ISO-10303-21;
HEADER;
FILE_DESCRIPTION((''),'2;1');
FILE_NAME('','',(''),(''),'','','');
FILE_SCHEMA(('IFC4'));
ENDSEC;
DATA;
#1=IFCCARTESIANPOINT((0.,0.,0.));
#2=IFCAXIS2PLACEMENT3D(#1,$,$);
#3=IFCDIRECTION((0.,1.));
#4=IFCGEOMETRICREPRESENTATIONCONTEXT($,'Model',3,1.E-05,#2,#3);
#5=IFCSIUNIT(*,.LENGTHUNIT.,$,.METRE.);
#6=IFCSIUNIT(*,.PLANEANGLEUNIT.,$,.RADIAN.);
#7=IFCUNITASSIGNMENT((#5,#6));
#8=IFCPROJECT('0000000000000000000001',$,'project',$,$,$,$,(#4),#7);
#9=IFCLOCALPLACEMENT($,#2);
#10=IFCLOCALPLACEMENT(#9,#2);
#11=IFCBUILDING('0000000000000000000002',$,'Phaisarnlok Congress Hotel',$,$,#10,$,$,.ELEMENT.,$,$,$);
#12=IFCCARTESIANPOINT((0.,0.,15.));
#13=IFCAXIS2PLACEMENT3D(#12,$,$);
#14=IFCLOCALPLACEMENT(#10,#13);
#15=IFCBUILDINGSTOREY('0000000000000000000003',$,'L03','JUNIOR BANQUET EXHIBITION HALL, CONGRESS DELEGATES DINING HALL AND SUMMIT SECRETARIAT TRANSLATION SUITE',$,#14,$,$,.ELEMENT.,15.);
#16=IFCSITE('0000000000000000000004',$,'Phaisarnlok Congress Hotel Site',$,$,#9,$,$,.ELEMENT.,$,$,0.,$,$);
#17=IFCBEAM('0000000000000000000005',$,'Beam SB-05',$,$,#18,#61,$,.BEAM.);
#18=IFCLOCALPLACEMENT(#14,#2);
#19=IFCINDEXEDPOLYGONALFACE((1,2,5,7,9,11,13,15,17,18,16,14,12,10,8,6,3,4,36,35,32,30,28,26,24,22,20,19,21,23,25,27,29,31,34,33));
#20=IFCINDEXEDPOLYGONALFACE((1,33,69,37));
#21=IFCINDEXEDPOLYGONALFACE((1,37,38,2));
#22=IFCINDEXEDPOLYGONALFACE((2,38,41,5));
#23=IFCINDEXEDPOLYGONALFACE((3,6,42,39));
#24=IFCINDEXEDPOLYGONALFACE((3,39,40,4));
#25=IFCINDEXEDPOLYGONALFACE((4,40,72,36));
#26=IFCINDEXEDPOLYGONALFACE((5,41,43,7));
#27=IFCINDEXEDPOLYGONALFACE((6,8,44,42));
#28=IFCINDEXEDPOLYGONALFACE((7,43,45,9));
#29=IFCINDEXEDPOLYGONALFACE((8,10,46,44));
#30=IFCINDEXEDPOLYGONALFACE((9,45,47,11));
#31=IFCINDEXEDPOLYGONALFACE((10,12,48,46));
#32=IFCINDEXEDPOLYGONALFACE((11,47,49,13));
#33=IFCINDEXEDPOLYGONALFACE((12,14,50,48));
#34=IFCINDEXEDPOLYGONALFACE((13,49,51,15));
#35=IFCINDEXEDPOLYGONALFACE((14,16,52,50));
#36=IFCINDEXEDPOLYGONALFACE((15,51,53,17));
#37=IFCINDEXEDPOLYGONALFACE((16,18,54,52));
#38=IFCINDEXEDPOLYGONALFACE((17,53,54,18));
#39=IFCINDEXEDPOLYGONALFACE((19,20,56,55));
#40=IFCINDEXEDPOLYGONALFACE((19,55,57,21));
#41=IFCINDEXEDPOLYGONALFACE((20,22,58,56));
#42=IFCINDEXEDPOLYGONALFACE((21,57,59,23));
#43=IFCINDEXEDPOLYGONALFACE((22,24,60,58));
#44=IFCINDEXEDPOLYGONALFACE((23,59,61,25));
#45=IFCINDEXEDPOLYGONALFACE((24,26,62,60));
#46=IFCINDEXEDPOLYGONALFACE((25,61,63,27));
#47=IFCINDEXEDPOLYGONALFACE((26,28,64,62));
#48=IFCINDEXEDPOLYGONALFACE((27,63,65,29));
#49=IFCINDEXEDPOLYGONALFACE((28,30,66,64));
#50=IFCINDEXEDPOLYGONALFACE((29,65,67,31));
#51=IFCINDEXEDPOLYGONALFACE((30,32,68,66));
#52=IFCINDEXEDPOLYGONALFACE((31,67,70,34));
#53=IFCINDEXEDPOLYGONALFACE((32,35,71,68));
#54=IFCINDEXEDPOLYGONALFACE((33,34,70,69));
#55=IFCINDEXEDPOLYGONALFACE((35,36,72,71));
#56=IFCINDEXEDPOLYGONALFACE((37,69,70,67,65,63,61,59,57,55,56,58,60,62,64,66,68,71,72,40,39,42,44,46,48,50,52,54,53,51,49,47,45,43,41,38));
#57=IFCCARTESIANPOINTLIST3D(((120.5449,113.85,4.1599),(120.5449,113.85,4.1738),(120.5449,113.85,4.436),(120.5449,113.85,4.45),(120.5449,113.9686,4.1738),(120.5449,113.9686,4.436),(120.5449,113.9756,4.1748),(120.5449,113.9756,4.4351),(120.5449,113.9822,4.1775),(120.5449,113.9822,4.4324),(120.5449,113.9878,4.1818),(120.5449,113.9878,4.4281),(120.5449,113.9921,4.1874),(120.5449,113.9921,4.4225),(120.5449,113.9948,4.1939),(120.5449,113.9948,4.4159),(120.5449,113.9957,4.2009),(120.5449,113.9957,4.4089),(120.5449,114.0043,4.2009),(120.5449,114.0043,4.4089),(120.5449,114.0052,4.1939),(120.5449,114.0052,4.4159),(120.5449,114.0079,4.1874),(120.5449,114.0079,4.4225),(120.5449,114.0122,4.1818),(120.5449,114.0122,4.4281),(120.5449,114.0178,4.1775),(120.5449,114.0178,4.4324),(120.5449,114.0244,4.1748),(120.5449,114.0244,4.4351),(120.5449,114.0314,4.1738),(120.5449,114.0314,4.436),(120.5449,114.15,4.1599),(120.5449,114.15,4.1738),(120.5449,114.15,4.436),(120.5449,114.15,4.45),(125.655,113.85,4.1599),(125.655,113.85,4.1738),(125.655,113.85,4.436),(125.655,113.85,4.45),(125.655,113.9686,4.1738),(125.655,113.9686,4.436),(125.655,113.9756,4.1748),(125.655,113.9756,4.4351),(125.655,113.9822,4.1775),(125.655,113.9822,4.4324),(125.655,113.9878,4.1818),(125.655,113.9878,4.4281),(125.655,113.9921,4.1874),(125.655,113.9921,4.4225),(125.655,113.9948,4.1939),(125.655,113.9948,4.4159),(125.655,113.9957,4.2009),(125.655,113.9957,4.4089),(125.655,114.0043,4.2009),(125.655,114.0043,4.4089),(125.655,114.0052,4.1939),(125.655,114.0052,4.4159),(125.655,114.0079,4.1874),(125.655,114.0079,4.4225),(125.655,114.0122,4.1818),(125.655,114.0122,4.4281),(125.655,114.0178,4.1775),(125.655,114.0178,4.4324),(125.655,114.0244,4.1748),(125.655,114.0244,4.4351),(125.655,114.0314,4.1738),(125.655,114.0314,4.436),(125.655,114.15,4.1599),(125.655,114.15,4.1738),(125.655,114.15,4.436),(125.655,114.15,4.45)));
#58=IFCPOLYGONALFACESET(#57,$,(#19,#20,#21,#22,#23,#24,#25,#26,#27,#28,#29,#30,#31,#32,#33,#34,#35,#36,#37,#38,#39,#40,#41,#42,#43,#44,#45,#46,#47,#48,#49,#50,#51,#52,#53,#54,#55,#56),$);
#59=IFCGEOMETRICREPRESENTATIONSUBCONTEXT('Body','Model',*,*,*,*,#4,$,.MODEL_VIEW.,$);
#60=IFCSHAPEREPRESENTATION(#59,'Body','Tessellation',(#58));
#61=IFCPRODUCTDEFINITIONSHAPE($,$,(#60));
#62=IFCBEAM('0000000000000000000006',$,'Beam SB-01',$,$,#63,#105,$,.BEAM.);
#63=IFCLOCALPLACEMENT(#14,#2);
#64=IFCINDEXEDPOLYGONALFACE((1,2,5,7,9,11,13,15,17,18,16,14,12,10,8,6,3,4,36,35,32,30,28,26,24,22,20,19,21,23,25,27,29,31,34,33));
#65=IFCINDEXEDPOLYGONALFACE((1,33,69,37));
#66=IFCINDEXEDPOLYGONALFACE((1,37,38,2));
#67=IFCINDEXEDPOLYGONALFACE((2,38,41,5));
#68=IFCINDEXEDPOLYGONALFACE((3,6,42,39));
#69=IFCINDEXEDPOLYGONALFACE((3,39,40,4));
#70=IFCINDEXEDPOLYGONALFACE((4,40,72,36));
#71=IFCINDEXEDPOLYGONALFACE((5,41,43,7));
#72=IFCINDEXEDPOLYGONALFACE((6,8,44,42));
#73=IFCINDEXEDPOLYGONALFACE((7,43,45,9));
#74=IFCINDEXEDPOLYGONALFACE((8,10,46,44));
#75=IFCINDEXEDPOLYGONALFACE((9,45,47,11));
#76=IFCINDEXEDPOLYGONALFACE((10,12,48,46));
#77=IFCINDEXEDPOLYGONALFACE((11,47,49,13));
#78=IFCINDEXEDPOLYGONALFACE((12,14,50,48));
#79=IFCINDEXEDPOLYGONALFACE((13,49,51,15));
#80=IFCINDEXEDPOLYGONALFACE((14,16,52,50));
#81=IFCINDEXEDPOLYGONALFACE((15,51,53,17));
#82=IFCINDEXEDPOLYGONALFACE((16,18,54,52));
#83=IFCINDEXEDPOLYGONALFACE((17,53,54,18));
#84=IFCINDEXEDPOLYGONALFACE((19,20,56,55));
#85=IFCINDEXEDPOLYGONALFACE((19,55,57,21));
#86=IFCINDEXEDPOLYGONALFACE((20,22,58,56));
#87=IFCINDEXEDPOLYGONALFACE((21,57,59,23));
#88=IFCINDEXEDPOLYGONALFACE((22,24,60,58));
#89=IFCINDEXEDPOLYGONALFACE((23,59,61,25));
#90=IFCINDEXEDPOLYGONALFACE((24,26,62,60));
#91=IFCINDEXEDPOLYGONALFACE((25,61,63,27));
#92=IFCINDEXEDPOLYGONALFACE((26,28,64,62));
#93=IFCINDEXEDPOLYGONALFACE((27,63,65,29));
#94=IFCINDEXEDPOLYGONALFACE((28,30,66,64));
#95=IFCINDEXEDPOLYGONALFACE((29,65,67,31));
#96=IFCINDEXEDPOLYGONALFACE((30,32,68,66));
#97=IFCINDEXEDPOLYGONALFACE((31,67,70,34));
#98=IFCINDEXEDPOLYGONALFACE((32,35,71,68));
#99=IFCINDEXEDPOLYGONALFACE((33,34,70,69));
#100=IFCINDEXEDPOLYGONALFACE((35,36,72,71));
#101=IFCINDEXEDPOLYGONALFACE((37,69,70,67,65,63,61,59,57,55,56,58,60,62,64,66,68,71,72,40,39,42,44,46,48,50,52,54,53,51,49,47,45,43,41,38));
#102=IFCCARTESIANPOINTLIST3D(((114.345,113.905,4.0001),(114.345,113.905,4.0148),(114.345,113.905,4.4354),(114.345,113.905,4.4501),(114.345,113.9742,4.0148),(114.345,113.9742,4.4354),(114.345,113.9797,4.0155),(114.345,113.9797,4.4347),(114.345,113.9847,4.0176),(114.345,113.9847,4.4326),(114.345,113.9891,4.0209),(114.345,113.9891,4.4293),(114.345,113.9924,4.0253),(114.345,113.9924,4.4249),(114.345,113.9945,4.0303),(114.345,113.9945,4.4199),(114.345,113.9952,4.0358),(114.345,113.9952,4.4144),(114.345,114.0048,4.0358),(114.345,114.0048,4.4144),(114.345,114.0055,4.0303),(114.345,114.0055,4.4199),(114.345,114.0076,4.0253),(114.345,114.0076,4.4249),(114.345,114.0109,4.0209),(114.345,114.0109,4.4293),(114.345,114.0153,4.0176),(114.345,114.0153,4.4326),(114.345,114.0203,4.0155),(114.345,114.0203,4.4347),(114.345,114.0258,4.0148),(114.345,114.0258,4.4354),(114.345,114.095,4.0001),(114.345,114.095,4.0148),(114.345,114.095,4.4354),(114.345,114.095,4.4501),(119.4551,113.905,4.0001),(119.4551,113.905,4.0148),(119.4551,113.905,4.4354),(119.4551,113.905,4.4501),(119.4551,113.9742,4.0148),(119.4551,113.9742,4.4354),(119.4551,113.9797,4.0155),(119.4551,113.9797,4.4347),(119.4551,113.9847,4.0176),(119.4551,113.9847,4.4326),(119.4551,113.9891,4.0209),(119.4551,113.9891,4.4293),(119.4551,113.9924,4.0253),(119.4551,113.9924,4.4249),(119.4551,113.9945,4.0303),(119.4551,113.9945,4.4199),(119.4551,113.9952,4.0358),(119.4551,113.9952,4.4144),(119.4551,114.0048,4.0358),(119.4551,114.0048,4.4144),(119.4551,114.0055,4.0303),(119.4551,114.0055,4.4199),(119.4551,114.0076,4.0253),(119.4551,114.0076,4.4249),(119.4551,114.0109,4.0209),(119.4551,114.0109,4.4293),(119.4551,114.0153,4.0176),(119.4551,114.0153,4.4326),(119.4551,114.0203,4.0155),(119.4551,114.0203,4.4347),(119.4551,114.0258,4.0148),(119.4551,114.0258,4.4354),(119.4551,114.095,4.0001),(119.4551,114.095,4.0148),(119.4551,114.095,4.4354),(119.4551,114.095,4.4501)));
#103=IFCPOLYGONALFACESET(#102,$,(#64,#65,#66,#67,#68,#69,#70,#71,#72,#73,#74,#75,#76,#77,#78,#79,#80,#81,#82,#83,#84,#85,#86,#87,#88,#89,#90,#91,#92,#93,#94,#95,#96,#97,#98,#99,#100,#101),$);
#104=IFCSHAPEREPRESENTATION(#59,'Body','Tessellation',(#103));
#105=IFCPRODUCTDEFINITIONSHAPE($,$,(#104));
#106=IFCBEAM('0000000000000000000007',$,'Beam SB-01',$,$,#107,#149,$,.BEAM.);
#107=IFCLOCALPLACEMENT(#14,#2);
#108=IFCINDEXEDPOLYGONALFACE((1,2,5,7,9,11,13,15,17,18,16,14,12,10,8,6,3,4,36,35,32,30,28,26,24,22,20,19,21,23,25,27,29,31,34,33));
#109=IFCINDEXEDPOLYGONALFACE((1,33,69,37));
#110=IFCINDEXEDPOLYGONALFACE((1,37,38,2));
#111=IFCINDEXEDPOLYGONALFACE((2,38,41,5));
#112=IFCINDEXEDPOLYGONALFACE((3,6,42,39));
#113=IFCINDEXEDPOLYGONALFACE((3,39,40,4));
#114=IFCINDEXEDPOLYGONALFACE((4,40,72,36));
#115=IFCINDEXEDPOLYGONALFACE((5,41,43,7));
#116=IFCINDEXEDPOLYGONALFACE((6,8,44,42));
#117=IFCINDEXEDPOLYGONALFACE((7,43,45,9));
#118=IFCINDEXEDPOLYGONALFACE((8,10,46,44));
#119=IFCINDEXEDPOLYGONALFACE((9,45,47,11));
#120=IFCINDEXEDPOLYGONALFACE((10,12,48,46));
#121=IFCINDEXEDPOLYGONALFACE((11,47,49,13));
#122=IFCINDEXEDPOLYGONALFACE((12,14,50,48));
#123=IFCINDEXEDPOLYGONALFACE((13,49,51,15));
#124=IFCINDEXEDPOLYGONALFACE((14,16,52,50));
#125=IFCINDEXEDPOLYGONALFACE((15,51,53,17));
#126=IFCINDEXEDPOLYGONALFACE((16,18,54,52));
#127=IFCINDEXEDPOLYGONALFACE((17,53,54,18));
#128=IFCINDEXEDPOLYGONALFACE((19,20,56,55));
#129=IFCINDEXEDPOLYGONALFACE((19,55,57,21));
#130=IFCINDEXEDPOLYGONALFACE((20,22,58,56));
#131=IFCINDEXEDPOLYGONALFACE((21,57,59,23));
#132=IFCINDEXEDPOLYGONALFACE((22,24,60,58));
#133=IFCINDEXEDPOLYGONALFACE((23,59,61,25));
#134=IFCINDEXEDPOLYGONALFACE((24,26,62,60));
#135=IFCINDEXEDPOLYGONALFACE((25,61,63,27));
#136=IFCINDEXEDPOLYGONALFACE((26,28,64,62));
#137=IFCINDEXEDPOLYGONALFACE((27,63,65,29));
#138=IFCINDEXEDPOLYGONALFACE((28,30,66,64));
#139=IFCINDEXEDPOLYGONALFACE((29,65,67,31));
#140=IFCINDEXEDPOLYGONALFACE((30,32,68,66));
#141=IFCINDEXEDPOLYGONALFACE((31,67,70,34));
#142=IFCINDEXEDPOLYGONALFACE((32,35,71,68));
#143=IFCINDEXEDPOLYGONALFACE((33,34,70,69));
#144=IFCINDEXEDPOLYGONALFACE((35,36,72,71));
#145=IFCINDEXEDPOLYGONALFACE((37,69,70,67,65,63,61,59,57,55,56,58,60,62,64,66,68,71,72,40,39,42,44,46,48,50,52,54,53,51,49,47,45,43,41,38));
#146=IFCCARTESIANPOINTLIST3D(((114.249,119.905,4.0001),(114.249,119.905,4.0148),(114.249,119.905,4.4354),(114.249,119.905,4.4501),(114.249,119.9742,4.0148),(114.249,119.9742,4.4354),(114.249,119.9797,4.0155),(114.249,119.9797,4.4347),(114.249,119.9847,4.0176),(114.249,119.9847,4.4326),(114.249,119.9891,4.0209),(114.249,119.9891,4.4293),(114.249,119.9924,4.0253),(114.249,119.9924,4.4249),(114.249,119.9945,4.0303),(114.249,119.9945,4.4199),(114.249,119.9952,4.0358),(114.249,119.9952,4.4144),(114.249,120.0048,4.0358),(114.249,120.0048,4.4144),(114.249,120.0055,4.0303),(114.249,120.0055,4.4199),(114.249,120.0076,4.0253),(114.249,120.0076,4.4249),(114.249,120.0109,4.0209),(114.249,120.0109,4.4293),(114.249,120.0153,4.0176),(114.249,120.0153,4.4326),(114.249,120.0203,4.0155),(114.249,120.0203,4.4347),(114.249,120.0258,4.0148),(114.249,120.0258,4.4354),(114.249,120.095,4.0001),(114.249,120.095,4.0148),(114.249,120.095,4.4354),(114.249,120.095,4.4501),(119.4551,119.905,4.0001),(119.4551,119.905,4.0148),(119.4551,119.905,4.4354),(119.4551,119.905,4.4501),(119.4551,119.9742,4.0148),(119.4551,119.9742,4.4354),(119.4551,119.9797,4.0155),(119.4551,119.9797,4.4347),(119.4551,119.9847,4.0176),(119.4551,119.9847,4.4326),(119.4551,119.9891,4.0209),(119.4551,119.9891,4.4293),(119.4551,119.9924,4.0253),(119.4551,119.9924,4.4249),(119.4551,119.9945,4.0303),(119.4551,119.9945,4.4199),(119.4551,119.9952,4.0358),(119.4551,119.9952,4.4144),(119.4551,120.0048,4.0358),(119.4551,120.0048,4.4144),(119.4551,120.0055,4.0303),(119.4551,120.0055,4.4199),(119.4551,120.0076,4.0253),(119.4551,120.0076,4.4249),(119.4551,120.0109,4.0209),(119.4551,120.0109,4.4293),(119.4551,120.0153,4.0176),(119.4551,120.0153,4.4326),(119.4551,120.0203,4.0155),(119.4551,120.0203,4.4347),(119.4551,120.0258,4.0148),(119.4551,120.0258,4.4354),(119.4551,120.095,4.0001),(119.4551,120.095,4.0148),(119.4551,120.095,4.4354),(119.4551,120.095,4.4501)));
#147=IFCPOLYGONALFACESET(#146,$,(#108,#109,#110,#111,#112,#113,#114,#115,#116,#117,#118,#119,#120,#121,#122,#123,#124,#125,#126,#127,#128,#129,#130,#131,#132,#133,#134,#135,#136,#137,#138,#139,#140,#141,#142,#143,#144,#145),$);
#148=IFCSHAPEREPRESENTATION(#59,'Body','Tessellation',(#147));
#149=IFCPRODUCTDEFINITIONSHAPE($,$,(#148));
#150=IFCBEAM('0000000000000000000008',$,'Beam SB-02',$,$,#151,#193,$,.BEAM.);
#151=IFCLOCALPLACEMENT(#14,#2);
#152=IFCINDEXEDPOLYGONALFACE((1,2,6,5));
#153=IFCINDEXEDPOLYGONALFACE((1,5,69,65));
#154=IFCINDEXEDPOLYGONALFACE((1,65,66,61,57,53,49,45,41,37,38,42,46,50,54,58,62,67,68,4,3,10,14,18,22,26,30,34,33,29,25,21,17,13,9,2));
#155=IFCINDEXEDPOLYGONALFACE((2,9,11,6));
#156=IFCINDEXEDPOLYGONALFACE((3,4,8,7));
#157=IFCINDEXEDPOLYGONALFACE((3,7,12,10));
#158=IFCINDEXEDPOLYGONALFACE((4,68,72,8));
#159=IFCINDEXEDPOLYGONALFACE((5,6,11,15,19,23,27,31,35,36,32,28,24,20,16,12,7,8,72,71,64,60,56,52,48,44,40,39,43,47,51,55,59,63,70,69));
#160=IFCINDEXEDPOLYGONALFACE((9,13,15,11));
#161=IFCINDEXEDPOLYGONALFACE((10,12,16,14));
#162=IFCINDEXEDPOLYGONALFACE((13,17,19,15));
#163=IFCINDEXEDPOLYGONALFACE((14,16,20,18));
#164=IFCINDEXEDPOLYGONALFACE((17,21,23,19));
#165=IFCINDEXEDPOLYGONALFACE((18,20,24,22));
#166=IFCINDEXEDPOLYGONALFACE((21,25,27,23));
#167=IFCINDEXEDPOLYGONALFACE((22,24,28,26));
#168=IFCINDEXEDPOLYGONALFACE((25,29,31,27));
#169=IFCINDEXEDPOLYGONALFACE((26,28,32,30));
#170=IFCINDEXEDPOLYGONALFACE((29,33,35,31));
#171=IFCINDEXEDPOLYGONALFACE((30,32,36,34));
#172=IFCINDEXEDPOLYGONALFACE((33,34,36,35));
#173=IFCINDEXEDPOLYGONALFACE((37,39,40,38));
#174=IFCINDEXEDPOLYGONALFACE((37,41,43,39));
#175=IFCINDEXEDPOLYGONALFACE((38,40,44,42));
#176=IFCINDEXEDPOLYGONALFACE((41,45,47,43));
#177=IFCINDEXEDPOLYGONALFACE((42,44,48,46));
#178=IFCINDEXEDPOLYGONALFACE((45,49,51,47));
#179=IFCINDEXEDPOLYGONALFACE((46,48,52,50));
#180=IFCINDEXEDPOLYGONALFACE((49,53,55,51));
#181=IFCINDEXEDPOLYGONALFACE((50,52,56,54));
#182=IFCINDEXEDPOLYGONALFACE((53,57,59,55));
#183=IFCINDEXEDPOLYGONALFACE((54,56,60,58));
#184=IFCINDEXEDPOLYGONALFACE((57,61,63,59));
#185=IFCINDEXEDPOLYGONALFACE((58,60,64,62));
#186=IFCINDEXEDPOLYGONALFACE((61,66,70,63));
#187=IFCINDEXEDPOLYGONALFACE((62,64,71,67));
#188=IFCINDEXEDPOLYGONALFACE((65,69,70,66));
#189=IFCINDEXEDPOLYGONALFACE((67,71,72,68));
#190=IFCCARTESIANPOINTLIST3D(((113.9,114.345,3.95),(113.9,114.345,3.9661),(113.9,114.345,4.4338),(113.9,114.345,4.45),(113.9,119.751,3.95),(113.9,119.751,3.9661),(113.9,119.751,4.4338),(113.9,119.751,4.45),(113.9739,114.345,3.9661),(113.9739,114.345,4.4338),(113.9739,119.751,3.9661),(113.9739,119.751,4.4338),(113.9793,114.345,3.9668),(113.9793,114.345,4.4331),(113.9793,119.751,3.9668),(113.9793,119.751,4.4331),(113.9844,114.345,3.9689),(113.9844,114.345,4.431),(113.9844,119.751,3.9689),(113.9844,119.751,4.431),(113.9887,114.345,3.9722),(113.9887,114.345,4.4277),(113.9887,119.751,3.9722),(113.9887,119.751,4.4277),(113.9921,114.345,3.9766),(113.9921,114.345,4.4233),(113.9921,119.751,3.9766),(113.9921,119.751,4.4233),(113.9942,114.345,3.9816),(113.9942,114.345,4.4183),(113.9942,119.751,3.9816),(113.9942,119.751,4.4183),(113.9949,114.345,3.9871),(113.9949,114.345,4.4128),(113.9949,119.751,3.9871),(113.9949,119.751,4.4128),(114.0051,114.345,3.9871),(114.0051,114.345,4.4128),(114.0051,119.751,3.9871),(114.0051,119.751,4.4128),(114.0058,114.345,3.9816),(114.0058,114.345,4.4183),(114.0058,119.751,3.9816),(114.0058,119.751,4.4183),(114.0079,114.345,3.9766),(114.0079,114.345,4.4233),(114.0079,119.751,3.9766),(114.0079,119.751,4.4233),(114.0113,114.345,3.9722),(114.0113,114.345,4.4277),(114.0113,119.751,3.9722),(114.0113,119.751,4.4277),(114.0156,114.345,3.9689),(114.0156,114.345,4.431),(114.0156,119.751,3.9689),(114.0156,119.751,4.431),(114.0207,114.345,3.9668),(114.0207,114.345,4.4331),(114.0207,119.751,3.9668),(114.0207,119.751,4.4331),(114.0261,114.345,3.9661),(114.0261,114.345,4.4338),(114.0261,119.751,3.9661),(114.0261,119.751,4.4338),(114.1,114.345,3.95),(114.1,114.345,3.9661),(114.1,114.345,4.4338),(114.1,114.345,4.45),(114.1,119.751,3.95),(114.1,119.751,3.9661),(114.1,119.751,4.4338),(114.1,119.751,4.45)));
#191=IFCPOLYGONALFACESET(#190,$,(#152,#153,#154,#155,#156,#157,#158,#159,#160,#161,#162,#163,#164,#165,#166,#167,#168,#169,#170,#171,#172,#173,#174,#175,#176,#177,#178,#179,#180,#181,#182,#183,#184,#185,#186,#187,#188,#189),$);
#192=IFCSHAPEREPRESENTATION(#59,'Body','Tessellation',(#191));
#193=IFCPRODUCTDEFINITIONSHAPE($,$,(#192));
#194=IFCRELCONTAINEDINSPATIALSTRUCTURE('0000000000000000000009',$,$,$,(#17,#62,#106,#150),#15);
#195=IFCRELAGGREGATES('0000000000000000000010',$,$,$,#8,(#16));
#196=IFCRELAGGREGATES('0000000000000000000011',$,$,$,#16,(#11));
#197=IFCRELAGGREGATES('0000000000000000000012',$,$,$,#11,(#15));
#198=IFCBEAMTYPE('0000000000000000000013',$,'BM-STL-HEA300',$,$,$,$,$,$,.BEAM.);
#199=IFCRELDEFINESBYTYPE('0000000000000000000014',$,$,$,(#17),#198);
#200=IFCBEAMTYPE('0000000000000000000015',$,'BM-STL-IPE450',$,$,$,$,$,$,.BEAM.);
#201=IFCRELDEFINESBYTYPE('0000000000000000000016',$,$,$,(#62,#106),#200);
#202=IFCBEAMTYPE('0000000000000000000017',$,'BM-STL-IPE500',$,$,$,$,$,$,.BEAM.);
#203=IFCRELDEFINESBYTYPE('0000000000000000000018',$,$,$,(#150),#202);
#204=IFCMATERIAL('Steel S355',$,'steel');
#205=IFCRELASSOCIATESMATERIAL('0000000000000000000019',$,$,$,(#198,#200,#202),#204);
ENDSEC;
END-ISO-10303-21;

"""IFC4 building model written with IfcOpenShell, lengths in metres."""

from ifc_helpers import new_model, si_unit, direction, frame, origin, origin_2d, place, context, subcontext, project, spatial, i_section, extrude, material, material_profile, profile_set, type_object, element, save


model = new_model("IFC4")

# Units and contexts
model_context = context("Model", 3, precision=1e-05, world=origin(), true_north=direction((0.0, 1.0)))
body_context = subcontext(model_context, "Body", "Model", "MODEL_VIEW")
ifc_project = project(units=[si_unit("LENGTHUNIT", "METRE"), si_unit("PLANEANGLEUNIT", "RADIAN")], contexts=[model_context])

# Site, building, storey
site_placement = place(None, origin())
site = spatial("IfcSite", under=ifc_project, at=site_placement, Name="Phaisarnlok Congress Hotel Site", CompositionType="ELEMENT", RefElevation=0.0)
building_placement = place(site_placement, origin())
building = spatial("IfcBuilding", under=site, at=building_placement, Name="Phaisarnlok Congress Hotel", CompositionType="ELEMENT")
storey_placement = place(building_placement, frame((0.0, 0.0, 15.0)))
storey = spatial("IfcBuildingStorey", under=building, at=storey_placement, Name="L03", Description="JUNIOR BANQUET EXHIBITION HALL, CONGRESS DELEGATES DINING HALL AND SUMMIT SECRETARIAT TRANSLATION SUITE", CompositionType="ELEMENT", Elevation=15.0)

# Shared definitions
ifc_material_1 = material(Name="Steel S355", Category="steel")

# Beams
ifc_material_profile_1 = material_profile(ifc_material_1, i_section(OverallWidth=0.3, OverallDepth=0.29, WebThickness=0.0085, FlangeThickness=0.0139, FilletRadius=0.0271, at=origin_2d()), Name="HEA 300")
ifc_profile_set_1 = profile_set([ifc_material_profile_1], Name="Steel S355")
beam_type_1 = type_object("IfcBeamType", Name="BM-STL-HEA300", PredefinedType="BEAM", material=ifc_profile_set_1)
beam_1_placement = place(storey_placement, frame((120.5449, 114.0, 4.3049), z_axis=(1.0, 0.0, 0.0), x_axis=(0.0, 1.0, 0.0)))
element("IfcBeam", 1, at=beam_1_placement, inside=storey, type_object=beam_type_1, Name="Beam SB-05", PredefinedType="BEAM", context=body_context, shape_type="SweptSolid", body=[
    extrude(i_section(OverallWidth=0.3, OverallDepth=0.29, WebThickness=0.0085, FlangeThickness=0.0139, FilletRadius=0.0271, at=origin_2d()), origin(), (0.0, 0.0, 1.0), 5.1101),
])
ifc_material_profile_2 = material_profile(ifc_material_1, i_section(OverallWidth=0.1899, OverallDepth=0.45, WebThickness=0.0095, FlangeThickness=0.0146, FilletRadius=0.021, at=origin_2d()), Name="IPE 450")
ifc_profile_set_2 = profile_set([ifc_material_profile_2], Name="Steel S355")
beam_type_2 = type_object("IfcBeamType", Name="BM-STL-IPE450", PredefinedType="BEAM", material=ifc_profile_set_2)
beam_2_placement = place(storey_placement, frame((114.345, 114.0, 4.2251), z_axis=(1.0, 0.0, 0.0), x_axis=(0.0, 1.0, 0.0)))
element("IfcBeam", 2, at=beam_2_placement, inside=storey, type_object=beam_type_2, Name="Beam SB-01", PredefinedType="BEAM", context=body_context, shape_type="SweptSolid", body=[
    extrude(i_section(OverallWidth=0.1899, OverallDepth=0.45, WebThickness=0.0095, FlangeThickness=0.0146, FilletRadius=0.021, at=origin_2d()), origin(), (0.0, 0.0, 1.0), 5.1101),
])
beam_3_placement = place(storey_placement, frame((114.249, 120.0, 4.2251), z_axis=(1.0, 0.0, 0.0), x_axis=(0.0, 1.0, 0.0)))
element("IfcBeam", 3, at=beam_3_placement, inside=storey, type_object=beam_type_2, Name="Beam SB-01", PredefinedType="BEAM", context=body_context, shape_type="SweptSolid", body=[
    extrude(i_section(OverallWidth=0.1899, OverallDepth=0.45, WebThickness=0.0095, FlangeThickness=0.0146, FilletRadius=0.021, at=origin_2d()), origin(), (0.0, 0.0, 1.0), 5.2061),
])
ifc_material_profile_3 = material_profile(ifc_material_1, i_section(OverallWidth=0.2, OverallDepth=0.5, WebThickness=0.0103, FlangeThickness=0.0161, FilletRadius=0.021, at=origin_2d()), Name="IPE 500")
ifc_profile_set_3 = profile_set([ifc_material_profile_3], Name="Steel S355")
beam_type_3 = type_object("IfcBeamType", Name="BM-STL-IPE500", PredefinedType="BEAM", material=ifc_profile_set_3)
beam_4_placement = place(storey_placement, frame((114.0, 114.345, 4.2), z_axis=(0.0, 1.0, 0.0), x_axis=(-1.0, 0.0, 0.0)))
element("IfcBeam", 4, at=beam_4_placement, inside=storey, type_object=beam_type_3, Name="Beam SB-02", PredefinedType="BEAM", context=body_context, shape_type="SweptSolid", body=[
    extrude(i_section(OverallWidth=0.2, OverallDepth=0.5, WebThickness=0.0103, FlangeThickness=0.0161, FilletRadius=0.021, at=origin_2d()), origin(), (0.0, 0.0, 1.0), 5.406),
])

save(model, "model.ifc")
